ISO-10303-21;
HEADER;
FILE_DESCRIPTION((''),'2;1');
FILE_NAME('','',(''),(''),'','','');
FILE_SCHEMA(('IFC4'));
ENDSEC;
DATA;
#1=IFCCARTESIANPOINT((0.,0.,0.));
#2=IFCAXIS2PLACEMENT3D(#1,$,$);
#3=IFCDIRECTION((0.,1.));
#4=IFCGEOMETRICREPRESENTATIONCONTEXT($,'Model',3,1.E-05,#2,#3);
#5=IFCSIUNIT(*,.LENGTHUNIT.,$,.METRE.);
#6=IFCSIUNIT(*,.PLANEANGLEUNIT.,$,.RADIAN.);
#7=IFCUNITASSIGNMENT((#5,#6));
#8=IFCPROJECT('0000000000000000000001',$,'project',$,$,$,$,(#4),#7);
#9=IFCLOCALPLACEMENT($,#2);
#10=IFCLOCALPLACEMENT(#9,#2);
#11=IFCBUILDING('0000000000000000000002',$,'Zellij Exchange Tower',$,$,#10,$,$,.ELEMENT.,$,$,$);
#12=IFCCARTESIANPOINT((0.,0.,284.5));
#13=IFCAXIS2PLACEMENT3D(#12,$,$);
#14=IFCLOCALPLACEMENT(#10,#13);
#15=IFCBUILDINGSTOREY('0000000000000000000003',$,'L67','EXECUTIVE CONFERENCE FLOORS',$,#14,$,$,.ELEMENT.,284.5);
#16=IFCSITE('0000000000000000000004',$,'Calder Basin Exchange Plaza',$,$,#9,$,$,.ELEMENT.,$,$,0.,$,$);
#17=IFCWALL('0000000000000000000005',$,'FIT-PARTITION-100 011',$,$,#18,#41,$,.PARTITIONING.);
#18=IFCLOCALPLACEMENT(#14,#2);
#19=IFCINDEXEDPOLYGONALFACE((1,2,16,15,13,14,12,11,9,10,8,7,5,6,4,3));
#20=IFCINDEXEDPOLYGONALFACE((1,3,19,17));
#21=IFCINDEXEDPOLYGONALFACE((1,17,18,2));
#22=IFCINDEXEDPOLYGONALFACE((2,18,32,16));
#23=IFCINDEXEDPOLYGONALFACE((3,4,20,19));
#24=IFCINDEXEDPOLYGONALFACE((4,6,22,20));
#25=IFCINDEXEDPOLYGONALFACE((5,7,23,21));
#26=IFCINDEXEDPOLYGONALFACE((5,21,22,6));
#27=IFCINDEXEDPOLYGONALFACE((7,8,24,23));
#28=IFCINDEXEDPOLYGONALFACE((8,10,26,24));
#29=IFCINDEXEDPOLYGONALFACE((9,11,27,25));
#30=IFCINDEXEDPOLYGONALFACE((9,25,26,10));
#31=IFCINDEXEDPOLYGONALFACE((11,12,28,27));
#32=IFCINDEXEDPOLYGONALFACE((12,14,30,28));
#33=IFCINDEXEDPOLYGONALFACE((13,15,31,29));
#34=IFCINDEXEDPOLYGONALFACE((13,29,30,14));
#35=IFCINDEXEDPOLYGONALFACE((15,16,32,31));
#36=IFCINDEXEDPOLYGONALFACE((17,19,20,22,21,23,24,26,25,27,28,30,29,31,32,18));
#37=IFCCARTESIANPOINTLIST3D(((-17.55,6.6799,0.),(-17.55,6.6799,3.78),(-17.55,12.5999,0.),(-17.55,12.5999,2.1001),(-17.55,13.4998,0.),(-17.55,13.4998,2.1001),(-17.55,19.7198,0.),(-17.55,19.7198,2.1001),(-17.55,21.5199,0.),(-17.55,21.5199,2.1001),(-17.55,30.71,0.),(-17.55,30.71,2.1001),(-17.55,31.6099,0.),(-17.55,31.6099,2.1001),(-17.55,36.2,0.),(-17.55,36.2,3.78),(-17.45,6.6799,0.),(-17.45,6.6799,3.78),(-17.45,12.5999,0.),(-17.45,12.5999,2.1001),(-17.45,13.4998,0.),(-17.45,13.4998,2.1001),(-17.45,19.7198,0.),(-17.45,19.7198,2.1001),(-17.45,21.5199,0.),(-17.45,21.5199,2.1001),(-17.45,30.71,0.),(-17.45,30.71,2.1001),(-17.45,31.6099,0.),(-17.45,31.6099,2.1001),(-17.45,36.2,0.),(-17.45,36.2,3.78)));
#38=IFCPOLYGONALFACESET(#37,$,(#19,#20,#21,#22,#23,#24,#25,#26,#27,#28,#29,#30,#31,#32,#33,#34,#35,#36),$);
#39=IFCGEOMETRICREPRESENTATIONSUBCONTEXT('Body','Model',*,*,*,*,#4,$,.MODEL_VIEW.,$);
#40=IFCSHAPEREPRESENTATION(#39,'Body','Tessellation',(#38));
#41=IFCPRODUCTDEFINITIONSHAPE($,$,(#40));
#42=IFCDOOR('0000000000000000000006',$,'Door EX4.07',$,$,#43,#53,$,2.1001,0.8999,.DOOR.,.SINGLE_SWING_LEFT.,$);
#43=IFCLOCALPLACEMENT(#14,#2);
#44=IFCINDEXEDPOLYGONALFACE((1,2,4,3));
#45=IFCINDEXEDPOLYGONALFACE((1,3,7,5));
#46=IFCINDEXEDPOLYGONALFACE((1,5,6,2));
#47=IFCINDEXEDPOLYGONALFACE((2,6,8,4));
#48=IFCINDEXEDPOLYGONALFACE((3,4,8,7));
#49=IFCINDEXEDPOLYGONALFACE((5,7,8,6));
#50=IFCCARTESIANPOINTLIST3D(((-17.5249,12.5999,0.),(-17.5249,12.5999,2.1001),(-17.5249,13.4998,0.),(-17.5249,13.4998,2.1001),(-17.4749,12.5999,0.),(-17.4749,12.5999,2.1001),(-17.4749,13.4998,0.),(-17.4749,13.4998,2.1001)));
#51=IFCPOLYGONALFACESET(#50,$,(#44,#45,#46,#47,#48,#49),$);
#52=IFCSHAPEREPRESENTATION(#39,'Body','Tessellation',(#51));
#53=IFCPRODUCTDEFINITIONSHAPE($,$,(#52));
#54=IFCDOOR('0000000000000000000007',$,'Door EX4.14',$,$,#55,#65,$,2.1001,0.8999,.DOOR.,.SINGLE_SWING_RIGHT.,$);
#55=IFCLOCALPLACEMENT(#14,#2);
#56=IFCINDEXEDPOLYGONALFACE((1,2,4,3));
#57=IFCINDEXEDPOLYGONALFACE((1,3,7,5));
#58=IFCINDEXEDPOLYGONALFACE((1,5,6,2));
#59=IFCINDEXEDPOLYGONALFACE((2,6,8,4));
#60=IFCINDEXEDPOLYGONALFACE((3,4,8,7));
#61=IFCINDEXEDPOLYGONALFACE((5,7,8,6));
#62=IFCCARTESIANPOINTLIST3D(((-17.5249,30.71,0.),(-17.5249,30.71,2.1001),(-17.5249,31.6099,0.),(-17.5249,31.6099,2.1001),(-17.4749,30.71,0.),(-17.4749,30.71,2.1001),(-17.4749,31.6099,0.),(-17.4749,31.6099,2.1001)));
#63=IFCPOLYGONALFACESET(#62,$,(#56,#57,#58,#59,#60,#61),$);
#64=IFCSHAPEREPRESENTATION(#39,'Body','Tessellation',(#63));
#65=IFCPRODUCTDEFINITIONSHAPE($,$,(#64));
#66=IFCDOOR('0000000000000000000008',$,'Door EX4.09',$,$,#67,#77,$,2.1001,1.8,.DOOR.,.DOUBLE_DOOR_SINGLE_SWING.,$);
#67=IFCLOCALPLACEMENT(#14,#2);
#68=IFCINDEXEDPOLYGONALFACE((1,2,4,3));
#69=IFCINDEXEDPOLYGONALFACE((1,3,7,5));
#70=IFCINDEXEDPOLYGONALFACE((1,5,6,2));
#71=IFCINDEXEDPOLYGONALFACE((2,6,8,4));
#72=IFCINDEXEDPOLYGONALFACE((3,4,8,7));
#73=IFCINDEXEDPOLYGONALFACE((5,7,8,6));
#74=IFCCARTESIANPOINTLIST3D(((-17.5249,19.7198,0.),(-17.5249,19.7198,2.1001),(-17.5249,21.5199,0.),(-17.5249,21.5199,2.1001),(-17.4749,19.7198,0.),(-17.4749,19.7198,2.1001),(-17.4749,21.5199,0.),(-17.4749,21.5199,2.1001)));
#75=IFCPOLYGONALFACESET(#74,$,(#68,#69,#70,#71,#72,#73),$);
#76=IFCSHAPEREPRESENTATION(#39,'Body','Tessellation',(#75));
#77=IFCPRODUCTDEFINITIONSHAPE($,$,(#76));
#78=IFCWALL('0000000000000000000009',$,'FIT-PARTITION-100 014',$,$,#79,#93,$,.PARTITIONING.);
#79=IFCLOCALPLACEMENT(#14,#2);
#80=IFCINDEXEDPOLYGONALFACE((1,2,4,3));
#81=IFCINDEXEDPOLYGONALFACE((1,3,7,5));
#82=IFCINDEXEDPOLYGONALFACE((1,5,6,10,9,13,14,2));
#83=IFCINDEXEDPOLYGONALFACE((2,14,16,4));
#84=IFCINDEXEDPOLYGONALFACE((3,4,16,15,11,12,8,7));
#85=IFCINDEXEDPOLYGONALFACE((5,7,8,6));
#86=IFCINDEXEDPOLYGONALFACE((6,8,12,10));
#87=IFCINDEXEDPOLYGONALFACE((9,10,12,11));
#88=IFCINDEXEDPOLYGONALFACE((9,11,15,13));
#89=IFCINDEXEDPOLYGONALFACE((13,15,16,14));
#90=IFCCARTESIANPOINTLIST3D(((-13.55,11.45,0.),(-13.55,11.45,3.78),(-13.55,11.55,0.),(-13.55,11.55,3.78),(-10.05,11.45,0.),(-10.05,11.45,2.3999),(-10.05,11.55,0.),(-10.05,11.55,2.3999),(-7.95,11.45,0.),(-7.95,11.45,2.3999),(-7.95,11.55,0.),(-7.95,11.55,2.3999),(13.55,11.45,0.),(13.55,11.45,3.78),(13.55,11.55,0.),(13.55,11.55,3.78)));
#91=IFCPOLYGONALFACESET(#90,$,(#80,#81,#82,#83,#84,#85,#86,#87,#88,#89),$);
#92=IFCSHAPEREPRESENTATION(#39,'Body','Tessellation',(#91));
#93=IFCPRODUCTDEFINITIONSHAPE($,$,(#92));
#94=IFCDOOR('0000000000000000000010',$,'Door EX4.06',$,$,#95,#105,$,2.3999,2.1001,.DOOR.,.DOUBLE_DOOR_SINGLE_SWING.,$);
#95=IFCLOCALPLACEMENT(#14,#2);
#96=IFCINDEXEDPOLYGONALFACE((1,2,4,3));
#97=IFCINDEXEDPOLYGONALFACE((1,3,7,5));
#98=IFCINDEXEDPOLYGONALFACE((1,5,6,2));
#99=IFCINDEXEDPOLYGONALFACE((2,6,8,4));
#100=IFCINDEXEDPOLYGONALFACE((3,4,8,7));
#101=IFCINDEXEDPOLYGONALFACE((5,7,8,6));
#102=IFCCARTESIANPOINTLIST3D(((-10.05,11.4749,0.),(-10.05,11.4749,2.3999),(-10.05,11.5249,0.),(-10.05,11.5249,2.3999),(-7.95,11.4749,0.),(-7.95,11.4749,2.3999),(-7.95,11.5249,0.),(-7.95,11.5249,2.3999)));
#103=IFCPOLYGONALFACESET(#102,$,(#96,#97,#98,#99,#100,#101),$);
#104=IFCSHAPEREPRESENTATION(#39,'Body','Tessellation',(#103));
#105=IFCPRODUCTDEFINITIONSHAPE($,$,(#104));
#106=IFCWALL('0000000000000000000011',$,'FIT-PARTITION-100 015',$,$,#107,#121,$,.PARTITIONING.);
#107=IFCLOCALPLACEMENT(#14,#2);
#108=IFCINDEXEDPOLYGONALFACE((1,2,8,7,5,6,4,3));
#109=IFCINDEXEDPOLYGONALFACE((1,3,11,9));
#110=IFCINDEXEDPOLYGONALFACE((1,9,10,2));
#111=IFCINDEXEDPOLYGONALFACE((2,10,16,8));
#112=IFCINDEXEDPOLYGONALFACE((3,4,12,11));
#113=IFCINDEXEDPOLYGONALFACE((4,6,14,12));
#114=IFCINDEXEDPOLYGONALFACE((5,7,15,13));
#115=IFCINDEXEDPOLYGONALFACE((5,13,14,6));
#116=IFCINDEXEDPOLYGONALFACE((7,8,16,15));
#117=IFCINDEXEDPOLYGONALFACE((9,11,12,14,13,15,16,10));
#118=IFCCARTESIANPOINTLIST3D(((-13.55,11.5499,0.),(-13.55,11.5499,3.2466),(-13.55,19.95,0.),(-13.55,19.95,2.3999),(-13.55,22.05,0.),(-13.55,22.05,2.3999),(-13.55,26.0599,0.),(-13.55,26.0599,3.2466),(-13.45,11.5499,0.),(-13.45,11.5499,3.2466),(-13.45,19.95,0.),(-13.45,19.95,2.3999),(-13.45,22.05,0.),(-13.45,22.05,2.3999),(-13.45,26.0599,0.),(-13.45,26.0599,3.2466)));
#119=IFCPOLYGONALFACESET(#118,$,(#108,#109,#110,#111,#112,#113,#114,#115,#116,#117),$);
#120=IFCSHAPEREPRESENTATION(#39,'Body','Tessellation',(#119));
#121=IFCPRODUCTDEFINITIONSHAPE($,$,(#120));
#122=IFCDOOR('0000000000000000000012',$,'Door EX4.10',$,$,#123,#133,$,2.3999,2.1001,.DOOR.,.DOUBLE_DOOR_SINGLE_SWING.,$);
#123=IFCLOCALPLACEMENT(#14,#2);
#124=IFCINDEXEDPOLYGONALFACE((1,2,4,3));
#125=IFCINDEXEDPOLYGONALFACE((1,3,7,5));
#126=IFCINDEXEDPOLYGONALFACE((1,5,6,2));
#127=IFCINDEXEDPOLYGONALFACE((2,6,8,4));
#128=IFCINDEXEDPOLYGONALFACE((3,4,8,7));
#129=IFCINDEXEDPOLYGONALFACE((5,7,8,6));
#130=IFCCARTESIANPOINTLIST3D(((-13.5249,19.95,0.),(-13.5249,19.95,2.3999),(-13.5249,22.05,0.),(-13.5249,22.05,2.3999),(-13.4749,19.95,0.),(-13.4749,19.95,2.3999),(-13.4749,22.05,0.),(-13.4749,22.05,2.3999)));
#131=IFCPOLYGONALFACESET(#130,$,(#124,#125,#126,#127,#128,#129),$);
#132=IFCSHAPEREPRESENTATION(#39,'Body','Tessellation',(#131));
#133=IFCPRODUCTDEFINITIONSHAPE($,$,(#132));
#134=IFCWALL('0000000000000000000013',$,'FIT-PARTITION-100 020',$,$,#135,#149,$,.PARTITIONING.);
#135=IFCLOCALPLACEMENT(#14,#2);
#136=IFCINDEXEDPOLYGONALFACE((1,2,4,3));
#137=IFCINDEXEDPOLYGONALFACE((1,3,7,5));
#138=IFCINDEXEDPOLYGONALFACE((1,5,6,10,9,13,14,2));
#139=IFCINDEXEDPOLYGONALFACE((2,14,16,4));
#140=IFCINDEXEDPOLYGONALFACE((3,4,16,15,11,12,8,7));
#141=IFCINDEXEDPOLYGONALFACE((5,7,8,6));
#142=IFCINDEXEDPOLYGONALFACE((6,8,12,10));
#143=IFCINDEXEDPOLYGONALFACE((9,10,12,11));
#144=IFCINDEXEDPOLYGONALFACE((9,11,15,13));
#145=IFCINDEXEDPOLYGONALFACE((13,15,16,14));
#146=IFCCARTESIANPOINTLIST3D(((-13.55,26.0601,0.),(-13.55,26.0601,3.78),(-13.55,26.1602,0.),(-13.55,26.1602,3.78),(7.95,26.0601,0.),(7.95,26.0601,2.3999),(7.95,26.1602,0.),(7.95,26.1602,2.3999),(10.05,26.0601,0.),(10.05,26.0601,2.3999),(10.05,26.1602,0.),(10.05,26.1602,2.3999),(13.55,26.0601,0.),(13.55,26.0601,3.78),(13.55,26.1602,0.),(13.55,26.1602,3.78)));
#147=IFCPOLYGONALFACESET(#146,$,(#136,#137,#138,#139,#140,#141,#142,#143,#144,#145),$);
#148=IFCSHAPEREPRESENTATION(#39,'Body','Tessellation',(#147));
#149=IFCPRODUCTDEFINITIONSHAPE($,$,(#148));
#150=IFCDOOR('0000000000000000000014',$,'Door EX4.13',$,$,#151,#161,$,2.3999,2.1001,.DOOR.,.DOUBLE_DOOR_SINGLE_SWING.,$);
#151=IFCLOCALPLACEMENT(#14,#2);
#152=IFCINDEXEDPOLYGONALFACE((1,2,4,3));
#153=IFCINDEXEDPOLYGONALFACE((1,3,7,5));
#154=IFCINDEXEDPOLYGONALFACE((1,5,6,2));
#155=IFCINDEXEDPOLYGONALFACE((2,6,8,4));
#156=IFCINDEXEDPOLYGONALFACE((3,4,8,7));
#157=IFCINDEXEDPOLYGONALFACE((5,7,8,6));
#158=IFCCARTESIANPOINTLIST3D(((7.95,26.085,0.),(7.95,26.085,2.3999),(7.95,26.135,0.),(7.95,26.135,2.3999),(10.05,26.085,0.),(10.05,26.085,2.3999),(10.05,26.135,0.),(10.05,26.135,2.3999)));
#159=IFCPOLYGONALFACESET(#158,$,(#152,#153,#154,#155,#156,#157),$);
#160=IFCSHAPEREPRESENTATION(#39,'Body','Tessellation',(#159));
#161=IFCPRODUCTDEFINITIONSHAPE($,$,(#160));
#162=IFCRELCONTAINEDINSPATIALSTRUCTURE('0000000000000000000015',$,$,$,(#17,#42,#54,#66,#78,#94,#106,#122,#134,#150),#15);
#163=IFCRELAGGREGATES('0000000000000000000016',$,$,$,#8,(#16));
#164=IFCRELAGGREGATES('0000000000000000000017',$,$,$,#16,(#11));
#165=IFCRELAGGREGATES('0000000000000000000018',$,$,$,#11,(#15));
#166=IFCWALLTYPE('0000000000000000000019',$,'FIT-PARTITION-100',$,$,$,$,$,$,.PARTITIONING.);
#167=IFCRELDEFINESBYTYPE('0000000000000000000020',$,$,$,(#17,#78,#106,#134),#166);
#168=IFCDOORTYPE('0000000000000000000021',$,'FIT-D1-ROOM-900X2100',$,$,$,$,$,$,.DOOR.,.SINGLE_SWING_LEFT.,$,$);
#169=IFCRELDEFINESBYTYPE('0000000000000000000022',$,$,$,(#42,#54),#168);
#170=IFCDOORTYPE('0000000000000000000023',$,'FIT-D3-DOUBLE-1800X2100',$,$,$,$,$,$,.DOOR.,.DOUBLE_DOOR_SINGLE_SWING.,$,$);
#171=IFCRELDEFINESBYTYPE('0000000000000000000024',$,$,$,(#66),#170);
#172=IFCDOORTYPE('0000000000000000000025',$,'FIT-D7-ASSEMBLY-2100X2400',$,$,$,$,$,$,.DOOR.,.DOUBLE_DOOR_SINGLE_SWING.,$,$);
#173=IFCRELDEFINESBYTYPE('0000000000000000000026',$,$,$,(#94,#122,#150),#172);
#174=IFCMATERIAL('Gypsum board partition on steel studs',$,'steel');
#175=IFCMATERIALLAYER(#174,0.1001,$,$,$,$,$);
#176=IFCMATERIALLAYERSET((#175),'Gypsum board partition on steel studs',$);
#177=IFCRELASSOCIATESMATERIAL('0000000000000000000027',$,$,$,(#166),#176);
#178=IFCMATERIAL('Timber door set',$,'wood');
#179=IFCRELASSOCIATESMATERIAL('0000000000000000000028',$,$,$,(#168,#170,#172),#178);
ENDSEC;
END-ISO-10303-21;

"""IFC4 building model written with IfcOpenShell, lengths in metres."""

from ifc_helpers import new_model, si_unit, direction, frame, frame_2d, origin, place, context, subcontext, project, spatial, rectangle, extrude, material, layer, layer_set, type_object, element, fill, save


model = new_model("IFC4")

# Units and contexts
model_context = context("Model", 3, precision=1e-05, world=origin(), true_north=direction((0.0, 1.0)))
body_context = subcontext(model_context, "Body", "Model", "MODEL_VIEW")
ifc_project = project(units=[si_unit("LENGTHUNIT", "METRE"), si_unit("PLANEANGLEUNIT", "RADIAN")], contexts=[model_context])

# Site, building, storey
site_placement = place(None, origin())
site = spatial("IfcSite", under=ifc_project, at=site_placement, Name="Calder Basin Exchange Plaza", CompositionType="ELEMENT", RefElevation=0.0)
building_placement = place(site_placement, origin())
building = spatial("IfcBuilding", under=site, at=building_placement, Name="Zellij Exchange Tower", CompositionType="ELEMENT")
storey_placement = place(building_placement, frame((0.0, 0.0, 284.5)))
storey = spatial("IfcBuildingStorey", under=building, at=storey_placement, Name="L67", Description="EXECUTIVE CONFERENCE FLOORS", CompositionType="ELEMENT", Elevation=284.5)

# Wall, openings, doors
ifc_material_1 = material(Name="Gypsum board partition on steel studs", Category="steel")
ifc_layer = layer(ifc_material_1, 0.1001)
ifc_layer_set = layer_set([ifc_layer], Name="Gypsum board partition on steel studs")
wall_type = type_object("IfcWallType", Name="FIT-PARTITION-100", PredefinedType="PARTITIONING", material=ifc_layer_set)
wall_1_placement = place(storey_placement, frame((-17.5, 6.6799, 0.0), z_axis=(0.0, 0.0, 1.0), x_axis=(0.0, 1.0, 0.0)))
wall_1 = element("IfcWall", 1, at=wall_1_placement, inside=storey, type_object=wall_type, Name="FIT-PARTITION-100 011", PredefinedType="PARTITIONING", context=body_context, shape_type="SweptSolid", body=[
    extrude(rectangle(XDim=29.52, YDim=0.1001, at=frame_2d((14.76, 0.0))), origin(), (0.0, 0.0, 1.0), 3.78),
])
opening_1_placement = place(wall_1_placement, frame((5.9199, 0.0, 0.0)))
opening_1 = element("IfcOpeningElement", 2, at=opening_1_placement, cuts=wall_1, PredefinedType="OPENING", context=body_context, shape_type="SweptSolid", body=[
    extrude(rectangle(XDim=0.8999, YDim=2.1001, at=frame_2d((0.45, 1.05))), frame((0.0, 0.062, 0.0), z_axis=(0.0, -1.0, 0.0), x_axis=(1.0, 0.0, 0.0)), (0.0, 0.0, 1.0), 0.124),
])
opening_2_placement = place(wall_1_placement, frame((13.04, 0.0, 0.0)))
opening_2 = element("IfcOpeningElement", 3, at=opening_2_placement, cuts=wall_1, PredefinedType="OPENING", context=body_context, shape_type="SweptSolid", body=[
    extrude(rectangle(XDim=1.8, YDim=2.1001, at=frame_2d((0.8999, 1.05))), frame((0.0, 0.062, 0.0), z_axis=(0.0, -1.0, 0.0), x_axis=(1.0, 0.0, 0.0)), (0.0, 0.0, 1.0), 0.124),
])
opening_3_placement = place(wall_1_placement, frame((24.03, 0.0, 0.0)))
opening_3 = element("IfcOpeningElement", 4, at=opening_3_placement, cuts=wall_1, PredefinedType="OPENING", context=body_context, shape_type="SweptSolid", body=[
    extrude(rectangle(XDim=0.8999, YDim=2.1001, at=frame_2d((0.45, 1.05))), frame((0.0, 0.062, 0.0), z_axis=(0.0, -1.0, 0.0), x_axis=(1.0, 0.0, 0.0)), (0.0, 0.0, 1.0), 0.124),
])
ifc_material_2 = material(Name="Timber door set", Category="wood")
door_type_1 = type_object("IfcDoorType", Name="FIT-D1-ROOM-900X2100", OperationType="SINGLE_SWING_LEFT", PredefinedType="DOOR", material=ifc_material_2)
door_1_placement = place(opening_1_placement, origin())
door_1 = element("IfcDoor", 5, at=door_1_placement, inside=storey, type_object=door_type_1, Name="Door EX4.07", OperationType="SINGLE_SWING_LEFT", OverallHeight=2.1001, OverallWidth=0.8999, PredefinedType="DOOR", context=body_context, shape_type="SweptSolid", body=[
    extrude(rectangle(XDim=0.8999, YDim=2.1001, at=frame_2d((0.45, 1.05))), frame((0.0, 0.0249, 0.0), z_axis=(0.0, -1.0, 0.0), x_axis=(1.0, 0.0, 0.0)), (0.0, 0.0, 1.0), 0.05),
])
fill(opening_1, door_1)
door_2_placement = place(opening_3_placement, origin())
door_2 = element("IfcDoor", 6, at=door_2_placement, inside=storey, type_object=door_type_1, Name="Door EX4.14", OperationType="SINGLE_SWING_RIGHT", OverallHeight=2.1001, OverallWidth=0.8999, PredefinedType="DOOR", context=body_context, shape_type="SweptSolid", body=[
    extrude(rectangle(XDim=0.8999, YDim=2.1001, at=frame_2d((0.45, 1.05))), frame((0.0, 0.0249, 0.0), z_axis=(0.0, -1.0, 0.0), x_axis=(1.0, 0.0, 0.0)), (0.0, 0.0, 1.0), 0.05),
])
fill(opening_3, door_2)
door_type_2 = type_object("IfcDoorType", Name="FIT-D3-DOUBLE-1800X2100", OperationType="DOUBLE_DOOR_SINGLE_SWING", PredefinedType="DOOR", material=ifc_material_2)
door_3_placement = place(opening_2_placement, origin())
door_3 = element("IfcDoor", 7, at=door_3_placement, inside=storey, type_object=door_type_2, Name="Door EX4.09", OperationType="DOUBLE_DOOR_SINGLE_SWING", OverallHeight=2.1001, OverallWidth=1.8, PredefinedType="DOOR", context=body_context, shape_type="SweptSolid", body=[
    extrude(rectangle(XDim=1.8, YDim=2.1001, at=frame_2d((0.8999, 1.05))), frame((0.0, 0.0249, 0.0), z_axis=(0.0, -1.0, 0.0), x_axis=(1.0, 0.0, 0.0)), (0.0, 0.0, 1.0), 0.05),
])
fill(opening_2, door_3)

# Walls, openings, doors
wall_2_placement = place(storey_placement, frame((-13.55, 11.5, 0.0), z_axis=(0.0, 0.0, 1.0), x_axis=(1.0, 0.0, 0.0)))
wall_2 = element("IfcWall", 8, at=wall_2_placement, inside=storey, type_object=wall_type, Name="FIT-PARTITION-100 014", PredefinedType="PARTITIONING", context=body_context, shape_type="SweptSolid", body=[
    extrude(rectangle(XDim=27.1001, YDim=0.1001, at=frame_2d((13.55, 0.0))), origin(), (0.0, 0.0, 1.0), 3.78),
])
opening_4_placement = place(wall_2_placement, frame((3.5, 0.0, 0.0)))
opening_4 = element("IfcOpeningElement", 9, at=opening_4_placement, cuts=wall_2, PredefinedType="OPENING", context=body_context, shape_type="SweptSolid", body=[
    extrude(rectangle(XDim=2.1001, YDim=2.3999, at=frame_2d((1.05, 1.2))), frame((0.0, 0.062, 0.0), z_axis=(0.0, -1.0, 0.0), x_axis=(1.0, 0.0, 0.0)), (0.0, 0.0, 1.0), 0.124),
])
door_type_3 = type_object("IfcDoorType", Name="FIT-D7-ASSEMBLY-2100X2400", OperationType="DOUBLE_DOOR_SINGLE_SWING", PredefinedType="DOOR", material=ifc_material_2)
door_4_placement = place(opening_4_placement, origin())
door_4 = element("IfcDoor", 10, at=door_4_placement, inside=storey, type_object=door_type_3, Name="Door EX4.06", OperationType="DOUBLE_DOOR_SINGLE_SWING", OverallHeight=2.3999, OverallWidth=2.1001, PredefinedType="DOOR", context=body_context, shape_type="SweptSolid", body=[
    extrude(rectangle(XDim=2.1001, YDim=2.3999, at=frame_2d((1.05, 1.2))), frame((0.0, 0.0249, 0.0), z_axis=(0.0, -1.0, 0.0), x_axis=(1.0, 0.0, 0.0)), (0.0, 0.0, 1.0), 0.05),
])
fill(opening_4, door_4)
wall_3_placement = place(storey_placement, frame((-13.5, 11.55, 0.0), z_axis=(0.0, 0.0, 1.0), x_axis=(0.0, 1.0, 0.0)))
wall_3 = element("IfcWall", 11, at=wall_3_placement, inside=storey, type_object=wall_type, Name="FIT-PARTITION-100 015", PredefinedType="PARTITIONING", context=body_context, shape_type="SweptSolid", body=[
    extrude(rectangle(XDim=14.51, YDim=0.1001, at=frame_2d((7.2549, 0.0))), origin(), (0.0, 0.0, 1.0), 3.2466),
])
opening_5_placement = place(wall_3_placement, frame((8.3999, 0.0, 0.0)))
opening_5 = element("IfcOpeningElement", 12, at=opening_5_placement, cuts=wall_3, PredefinedType="OPENING", context=body_context, shape_type="SweptSolid", body=[
    extrude(rectangle(XDim=2.1001, YDim=2.3999, at=frame_2d((1.05, 1.2))), frame((0.0, 0.062, 0.0), z_axis=(0.0, -1.0, 0.0), x_axis=(1.0, 0.0, 0.0)), (0.0, 0.0, 1.0), 0.124),
])
door_5_placement = place(opening_5_placement, origin())
door_5 = element("IfcDoor", 13, at=door_5_placement, inside=storey, type_object=door_type_3, Name="Door EX4.10", OperationType="DOUBLE_DOOR_SINGLE_SWING", OverallHeight=2.3999, OverallWidth=2.1001, PredefinedType="DOOR", context=body_context, shape_type="SweptSolid", body=[
    extrude(rectangle(XDim=2.1001, YDim=2.3999, at=frame_2d((1.05, 1.2))), frame((0.0, 0.0249, 0.0), z_axis=(0.0, -1.0, 0.0), x_axis=(1.0, 0.0, 0.0)), (0.0, 0.0, 1.0), 0.05),
])
fill(opening_5, door_5)
wall_4_placement = place(storey_placement, frame((-13.55, 26.1101, 0.0), z_axis=(0.0, 0.0, 1.0), x_axis=(1.0, 0.0, 0.0)))
wall_4 = element("IfcWall", 14, at=wall_4_placement, inside=storey, type_object=wall_type, Name="FIT-PARTITION-100 020", PredefinedType="PARTITIONING", context=body_context, shape_type="SweptSolid", body=[
    extrude(rectangle(XDim=27.1001, YDim=0.1001, at=frame_2d((13.55, 0.0))), origin(), (0.0, 0.0, 1.0), 3.78),
])
opening_6_placement = place(wall_4_placement, frame((21.5, 0.0, 0.0)))
opening_6 = element("IfcOpeningElement", 15, at=opening_6_placement, cuts=wall_4, PredefinedType="OPENING", context=body_context, shape_type="SweptSolid", body=[
    extrude(rectangle(XDim=2.1001, YDim=2.3999, at=frame_2d((1.05, 1.2))), frame((0.0, 0.062, 0.0), z_axis=(0.0, -1.0, 0.0), x_axis=(1.0, 0.0, 0.0)), (0.0, 0.0, 1.0), 0.124),
])
door_6_placement = place(opening_6_placement, origin())
door_6 = element("IfcDoor", 16, at=door_6_placement, inside=storey, type_object=door_type_3, Name="Door EX4.13", OperationType="DOUBLE_DOOR_SINGLE_SWING", OverallHeight=2.3999, OverallWidth=2.1001, PredefinedType="DOOR", context=body_context, shape_type="SweptSolid", body=[
    extrude(rectangle(XDim=2.1001, YDim=2.3999, at=frame_2d((1.05, 1.2))), frame((0.0, 0.0249, 0.0), z_axis=(0.0, -1.0, 0.0), x_axis=(1.0, 0.0, 0.0)), (0.0, 0.0, 1.0), 0.05),
])
fill(opening_6, door_6)

save(model, "model.ifc")
